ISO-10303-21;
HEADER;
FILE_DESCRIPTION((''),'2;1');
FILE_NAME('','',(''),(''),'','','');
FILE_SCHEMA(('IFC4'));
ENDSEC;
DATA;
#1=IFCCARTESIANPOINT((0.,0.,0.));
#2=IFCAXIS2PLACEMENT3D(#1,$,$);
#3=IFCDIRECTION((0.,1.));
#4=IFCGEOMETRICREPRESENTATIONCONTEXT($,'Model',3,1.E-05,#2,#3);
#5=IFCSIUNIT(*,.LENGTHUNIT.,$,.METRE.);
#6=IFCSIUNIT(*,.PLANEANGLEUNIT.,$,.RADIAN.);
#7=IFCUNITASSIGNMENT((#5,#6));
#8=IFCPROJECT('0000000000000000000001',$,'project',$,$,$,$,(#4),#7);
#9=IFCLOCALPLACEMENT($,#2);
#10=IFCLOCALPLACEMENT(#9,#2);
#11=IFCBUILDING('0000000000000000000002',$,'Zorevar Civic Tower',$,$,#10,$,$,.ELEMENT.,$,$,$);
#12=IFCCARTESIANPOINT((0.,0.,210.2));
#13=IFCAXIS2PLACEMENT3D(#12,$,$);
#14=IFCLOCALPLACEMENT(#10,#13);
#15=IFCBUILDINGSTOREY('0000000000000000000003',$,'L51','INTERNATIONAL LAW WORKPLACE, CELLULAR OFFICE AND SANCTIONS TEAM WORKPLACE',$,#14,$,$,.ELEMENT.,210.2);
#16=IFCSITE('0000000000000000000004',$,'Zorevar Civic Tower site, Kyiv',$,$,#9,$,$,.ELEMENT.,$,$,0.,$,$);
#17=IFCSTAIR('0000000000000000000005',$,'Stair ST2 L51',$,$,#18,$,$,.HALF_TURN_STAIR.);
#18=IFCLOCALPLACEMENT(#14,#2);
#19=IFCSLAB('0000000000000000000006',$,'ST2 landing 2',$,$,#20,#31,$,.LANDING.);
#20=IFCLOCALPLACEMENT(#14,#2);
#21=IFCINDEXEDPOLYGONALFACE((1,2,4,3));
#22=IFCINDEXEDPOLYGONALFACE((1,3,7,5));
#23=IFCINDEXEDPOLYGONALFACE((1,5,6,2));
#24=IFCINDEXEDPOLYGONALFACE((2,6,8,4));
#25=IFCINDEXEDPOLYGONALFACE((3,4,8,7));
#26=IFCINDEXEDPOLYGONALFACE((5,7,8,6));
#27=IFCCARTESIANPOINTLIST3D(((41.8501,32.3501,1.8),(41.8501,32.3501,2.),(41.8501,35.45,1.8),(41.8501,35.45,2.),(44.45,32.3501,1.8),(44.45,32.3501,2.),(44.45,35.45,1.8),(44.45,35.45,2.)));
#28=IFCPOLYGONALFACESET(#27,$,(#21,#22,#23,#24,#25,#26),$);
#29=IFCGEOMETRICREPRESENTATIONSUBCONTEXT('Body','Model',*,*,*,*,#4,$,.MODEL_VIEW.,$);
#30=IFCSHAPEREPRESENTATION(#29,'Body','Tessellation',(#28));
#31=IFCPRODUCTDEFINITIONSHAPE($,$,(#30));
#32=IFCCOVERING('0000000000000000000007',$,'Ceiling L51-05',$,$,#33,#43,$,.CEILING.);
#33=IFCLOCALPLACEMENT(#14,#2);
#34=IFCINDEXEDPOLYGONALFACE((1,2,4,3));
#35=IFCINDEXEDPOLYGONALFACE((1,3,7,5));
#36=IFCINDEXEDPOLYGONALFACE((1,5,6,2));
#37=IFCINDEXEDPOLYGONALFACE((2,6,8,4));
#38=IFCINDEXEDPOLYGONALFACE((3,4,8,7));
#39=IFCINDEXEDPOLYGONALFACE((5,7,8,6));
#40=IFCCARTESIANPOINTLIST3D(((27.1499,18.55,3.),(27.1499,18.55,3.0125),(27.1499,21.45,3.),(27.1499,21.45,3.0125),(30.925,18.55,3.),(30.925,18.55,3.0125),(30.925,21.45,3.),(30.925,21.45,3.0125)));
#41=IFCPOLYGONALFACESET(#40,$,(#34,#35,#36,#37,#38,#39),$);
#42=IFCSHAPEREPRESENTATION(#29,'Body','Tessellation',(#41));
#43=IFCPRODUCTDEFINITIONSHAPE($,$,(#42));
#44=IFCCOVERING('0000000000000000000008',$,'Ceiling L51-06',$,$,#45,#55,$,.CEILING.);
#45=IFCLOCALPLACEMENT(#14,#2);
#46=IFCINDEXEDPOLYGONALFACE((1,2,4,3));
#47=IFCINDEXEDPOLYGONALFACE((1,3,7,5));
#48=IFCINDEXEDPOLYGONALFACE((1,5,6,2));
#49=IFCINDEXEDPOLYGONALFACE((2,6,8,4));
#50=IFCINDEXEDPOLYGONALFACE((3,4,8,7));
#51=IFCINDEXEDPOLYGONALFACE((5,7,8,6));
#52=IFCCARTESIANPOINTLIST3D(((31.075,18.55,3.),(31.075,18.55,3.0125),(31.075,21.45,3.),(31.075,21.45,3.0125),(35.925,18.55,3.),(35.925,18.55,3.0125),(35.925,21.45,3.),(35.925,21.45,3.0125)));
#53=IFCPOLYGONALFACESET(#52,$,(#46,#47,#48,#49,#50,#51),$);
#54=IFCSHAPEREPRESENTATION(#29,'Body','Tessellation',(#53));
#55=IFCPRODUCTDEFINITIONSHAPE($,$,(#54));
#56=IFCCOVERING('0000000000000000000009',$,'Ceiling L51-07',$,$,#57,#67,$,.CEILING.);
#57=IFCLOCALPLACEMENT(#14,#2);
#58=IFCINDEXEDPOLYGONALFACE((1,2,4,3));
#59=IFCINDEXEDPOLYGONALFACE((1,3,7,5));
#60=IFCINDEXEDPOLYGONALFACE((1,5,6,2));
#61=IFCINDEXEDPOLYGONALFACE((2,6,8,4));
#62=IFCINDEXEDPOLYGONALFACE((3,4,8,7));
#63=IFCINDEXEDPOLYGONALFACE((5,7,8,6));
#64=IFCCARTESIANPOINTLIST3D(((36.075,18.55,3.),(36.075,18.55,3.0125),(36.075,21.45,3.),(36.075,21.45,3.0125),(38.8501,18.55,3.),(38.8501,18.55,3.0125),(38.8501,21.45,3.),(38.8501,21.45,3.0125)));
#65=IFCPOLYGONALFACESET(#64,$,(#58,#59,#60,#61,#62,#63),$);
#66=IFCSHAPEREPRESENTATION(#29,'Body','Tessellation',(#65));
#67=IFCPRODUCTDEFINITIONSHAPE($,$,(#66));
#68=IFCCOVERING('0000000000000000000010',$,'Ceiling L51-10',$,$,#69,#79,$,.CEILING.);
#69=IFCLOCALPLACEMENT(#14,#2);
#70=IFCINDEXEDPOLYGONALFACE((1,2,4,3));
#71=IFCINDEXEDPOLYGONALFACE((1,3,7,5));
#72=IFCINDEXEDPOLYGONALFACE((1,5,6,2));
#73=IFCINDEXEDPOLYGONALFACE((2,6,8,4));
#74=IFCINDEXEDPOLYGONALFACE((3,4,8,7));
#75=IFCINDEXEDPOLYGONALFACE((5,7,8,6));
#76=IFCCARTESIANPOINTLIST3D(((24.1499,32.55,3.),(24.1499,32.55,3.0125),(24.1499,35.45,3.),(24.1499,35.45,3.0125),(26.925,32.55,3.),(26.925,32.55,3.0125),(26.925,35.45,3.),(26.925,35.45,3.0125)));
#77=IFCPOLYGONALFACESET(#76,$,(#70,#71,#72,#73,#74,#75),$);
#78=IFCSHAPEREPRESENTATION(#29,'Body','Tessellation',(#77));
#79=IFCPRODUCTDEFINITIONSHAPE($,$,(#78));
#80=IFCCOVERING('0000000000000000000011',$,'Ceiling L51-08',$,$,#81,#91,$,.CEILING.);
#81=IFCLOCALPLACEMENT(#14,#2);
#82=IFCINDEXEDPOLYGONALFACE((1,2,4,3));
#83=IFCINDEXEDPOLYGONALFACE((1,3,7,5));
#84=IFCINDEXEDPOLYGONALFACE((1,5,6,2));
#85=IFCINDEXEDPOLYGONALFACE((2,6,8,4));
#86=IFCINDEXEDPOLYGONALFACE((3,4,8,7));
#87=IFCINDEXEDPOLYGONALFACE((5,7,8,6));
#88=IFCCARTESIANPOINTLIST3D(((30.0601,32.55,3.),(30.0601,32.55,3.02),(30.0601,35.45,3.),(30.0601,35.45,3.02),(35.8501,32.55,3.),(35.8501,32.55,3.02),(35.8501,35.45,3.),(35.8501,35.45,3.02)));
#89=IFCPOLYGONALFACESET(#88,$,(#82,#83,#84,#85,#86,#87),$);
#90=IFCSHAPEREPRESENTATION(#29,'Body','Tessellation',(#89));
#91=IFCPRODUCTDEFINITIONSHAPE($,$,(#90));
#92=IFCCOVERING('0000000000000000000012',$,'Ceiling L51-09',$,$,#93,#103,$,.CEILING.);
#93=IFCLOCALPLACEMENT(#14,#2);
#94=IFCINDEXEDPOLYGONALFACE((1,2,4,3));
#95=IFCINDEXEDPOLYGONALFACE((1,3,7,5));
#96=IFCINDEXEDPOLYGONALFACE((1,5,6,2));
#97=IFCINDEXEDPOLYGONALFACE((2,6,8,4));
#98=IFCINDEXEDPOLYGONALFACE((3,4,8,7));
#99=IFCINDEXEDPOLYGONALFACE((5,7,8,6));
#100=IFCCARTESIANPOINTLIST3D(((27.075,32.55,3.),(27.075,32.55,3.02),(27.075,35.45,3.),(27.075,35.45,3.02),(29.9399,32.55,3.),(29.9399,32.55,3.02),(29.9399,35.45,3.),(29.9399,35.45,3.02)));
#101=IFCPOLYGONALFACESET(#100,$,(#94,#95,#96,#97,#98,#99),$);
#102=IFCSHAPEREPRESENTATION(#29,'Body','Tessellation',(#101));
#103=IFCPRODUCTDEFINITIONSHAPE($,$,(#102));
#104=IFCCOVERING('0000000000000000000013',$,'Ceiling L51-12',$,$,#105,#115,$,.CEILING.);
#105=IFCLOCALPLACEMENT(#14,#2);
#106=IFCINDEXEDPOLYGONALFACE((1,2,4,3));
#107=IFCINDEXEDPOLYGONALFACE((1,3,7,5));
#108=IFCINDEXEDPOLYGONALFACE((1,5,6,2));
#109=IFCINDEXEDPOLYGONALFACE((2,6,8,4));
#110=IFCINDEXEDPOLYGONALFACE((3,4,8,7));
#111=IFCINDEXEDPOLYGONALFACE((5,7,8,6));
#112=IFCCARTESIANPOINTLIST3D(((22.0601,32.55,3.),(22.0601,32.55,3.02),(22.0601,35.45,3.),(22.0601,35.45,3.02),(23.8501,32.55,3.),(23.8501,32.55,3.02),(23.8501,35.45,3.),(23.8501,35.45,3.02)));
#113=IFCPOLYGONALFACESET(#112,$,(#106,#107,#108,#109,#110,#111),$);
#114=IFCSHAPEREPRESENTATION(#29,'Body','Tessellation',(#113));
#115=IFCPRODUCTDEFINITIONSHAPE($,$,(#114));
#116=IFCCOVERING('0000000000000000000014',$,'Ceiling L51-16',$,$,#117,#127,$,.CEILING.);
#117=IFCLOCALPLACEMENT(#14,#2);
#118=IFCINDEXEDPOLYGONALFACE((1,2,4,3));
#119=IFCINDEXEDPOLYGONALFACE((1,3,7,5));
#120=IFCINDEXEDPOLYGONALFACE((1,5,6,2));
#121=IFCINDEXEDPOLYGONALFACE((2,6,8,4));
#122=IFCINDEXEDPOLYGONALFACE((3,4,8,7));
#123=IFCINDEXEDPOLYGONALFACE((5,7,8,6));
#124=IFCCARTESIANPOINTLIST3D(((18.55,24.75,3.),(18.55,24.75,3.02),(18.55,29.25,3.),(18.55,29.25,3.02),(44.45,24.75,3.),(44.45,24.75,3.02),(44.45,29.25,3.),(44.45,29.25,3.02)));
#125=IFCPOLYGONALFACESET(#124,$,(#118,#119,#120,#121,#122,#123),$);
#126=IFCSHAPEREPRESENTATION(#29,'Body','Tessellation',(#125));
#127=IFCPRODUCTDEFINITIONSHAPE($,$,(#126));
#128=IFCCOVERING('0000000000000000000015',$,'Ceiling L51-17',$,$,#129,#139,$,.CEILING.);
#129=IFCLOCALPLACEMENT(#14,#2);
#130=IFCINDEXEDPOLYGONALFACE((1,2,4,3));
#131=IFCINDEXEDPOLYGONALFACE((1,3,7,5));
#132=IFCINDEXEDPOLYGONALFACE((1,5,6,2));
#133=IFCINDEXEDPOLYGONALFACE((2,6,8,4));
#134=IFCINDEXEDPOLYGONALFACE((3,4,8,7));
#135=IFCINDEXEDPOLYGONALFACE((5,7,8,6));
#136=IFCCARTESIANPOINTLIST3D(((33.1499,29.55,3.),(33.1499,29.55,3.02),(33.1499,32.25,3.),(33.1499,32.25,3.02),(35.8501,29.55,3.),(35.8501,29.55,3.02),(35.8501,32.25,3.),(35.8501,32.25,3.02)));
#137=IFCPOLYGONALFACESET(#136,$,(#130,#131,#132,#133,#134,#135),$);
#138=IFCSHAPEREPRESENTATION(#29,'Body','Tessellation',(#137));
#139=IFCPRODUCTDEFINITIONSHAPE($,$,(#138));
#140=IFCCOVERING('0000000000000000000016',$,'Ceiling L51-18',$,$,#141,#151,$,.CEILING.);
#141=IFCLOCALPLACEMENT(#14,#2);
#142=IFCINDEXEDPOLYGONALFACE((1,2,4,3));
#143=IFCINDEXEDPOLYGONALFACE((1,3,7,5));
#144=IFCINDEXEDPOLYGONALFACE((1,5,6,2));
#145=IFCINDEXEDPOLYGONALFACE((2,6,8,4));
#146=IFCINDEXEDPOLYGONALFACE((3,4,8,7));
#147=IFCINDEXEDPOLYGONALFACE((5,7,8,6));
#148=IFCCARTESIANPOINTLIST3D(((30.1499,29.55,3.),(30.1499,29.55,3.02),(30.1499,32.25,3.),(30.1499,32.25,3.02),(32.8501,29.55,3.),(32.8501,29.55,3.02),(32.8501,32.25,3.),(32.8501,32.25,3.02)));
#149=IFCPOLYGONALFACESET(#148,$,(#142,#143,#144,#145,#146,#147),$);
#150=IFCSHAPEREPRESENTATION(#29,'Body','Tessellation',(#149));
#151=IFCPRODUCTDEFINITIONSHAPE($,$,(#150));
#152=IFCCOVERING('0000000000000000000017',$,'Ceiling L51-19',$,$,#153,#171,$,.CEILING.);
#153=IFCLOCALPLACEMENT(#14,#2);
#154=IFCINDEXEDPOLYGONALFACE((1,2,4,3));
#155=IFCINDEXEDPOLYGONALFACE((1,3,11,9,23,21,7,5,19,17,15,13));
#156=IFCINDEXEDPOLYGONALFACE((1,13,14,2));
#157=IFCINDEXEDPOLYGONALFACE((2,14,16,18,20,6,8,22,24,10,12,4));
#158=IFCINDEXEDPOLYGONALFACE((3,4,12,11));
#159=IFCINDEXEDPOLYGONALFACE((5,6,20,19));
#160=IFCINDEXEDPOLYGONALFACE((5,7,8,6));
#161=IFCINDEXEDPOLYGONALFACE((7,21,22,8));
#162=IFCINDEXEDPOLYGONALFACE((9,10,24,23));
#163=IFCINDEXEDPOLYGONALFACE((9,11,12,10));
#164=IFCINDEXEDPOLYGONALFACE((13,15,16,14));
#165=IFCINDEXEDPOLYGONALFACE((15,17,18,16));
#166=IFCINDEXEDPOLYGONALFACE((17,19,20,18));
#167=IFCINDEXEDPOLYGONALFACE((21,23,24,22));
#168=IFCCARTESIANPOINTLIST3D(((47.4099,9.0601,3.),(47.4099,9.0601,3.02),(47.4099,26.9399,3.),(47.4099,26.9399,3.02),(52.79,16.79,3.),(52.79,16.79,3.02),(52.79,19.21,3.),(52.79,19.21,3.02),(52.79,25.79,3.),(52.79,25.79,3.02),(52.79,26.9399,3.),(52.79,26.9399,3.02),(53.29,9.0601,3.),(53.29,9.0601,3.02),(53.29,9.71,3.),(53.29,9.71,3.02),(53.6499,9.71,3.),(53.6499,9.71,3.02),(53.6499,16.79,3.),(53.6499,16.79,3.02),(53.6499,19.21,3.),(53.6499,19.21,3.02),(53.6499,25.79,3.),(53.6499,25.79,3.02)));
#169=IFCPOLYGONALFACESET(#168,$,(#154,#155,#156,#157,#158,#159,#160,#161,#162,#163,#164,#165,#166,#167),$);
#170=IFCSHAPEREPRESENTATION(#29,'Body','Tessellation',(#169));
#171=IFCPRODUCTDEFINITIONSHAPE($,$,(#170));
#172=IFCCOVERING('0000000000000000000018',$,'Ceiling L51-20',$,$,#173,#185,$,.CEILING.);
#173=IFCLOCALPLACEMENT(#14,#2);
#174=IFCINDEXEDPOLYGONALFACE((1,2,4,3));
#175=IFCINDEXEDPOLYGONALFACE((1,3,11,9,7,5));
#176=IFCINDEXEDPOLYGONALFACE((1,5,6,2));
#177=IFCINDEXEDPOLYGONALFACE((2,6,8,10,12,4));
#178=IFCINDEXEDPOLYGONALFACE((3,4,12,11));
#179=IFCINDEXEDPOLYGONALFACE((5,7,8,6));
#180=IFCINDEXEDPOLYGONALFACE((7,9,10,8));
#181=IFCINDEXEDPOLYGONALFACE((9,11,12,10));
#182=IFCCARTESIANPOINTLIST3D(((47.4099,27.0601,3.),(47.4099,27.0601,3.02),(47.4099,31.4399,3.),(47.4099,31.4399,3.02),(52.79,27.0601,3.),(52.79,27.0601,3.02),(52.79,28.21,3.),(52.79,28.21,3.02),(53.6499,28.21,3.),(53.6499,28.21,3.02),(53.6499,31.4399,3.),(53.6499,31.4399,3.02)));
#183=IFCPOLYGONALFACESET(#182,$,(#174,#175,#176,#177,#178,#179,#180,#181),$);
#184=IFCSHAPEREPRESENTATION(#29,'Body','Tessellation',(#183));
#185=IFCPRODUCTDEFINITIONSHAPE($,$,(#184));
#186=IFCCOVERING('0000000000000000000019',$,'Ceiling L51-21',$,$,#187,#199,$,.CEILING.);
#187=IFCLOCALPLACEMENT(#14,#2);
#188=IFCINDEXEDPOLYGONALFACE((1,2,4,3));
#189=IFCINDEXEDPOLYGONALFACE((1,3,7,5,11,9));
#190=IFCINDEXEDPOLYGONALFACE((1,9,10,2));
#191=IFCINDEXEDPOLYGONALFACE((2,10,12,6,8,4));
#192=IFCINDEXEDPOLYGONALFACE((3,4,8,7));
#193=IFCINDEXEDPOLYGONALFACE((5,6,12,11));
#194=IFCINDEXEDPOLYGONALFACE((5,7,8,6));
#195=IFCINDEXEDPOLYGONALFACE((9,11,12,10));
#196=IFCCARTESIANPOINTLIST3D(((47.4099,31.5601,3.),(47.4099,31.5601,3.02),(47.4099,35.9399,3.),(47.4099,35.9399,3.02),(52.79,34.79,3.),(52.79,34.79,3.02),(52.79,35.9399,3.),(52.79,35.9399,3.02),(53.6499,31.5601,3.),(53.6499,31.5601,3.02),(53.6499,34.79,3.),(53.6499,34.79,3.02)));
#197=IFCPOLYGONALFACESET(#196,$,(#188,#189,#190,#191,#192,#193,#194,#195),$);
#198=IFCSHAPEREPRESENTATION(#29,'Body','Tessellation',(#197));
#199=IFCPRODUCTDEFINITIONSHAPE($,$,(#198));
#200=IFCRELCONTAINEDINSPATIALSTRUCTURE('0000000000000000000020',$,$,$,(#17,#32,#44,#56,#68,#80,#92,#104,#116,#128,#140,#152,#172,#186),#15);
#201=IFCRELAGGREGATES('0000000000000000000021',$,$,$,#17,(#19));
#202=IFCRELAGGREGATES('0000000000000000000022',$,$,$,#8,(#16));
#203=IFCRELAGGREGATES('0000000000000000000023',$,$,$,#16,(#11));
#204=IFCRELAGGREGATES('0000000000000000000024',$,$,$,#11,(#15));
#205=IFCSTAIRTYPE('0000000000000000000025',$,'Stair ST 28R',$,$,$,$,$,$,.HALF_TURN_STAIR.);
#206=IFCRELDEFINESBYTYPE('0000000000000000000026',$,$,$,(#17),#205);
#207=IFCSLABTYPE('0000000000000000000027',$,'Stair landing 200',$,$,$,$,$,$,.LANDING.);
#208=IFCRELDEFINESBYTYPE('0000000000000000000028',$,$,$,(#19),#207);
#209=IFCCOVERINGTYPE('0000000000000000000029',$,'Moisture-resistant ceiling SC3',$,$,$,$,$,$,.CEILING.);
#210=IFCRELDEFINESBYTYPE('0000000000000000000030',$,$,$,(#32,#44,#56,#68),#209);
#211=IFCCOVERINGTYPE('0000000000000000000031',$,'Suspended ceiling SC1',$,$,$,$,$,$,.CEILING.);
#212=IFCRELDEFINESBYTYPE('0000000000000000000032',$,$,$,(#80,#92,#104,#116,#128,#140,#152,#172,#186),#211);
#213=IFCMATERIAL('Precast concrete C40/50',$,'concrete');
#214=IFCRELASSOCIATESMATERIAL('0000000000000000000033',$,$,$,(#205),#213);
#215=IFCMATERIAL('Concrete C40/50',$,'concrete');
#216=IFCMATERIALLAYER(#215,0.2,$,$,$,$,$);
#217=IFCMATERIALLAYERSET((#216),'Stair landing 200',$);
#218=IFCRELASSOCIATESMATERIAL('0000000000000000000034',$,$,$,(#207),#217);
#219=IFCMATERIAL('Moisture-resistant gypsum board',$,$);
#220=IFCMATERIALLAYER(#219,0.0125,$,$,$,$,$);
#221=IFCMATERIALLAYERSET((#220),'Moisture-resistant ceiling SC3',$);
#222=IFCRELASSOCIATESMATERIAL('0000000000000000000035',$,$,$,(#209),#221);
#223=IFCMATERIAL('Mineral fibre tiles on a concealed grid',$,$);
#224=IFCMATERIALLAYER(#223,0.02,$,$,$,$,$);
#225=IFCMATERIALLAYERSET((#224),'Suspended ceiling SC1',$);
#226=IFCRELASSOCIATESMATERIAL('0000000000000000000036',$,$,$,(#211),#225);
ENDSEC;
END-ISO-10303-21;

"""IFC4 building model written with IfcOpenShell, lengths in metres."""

from ifc_helpers import new_model, si_unit, direction, frame, origin, place, context, subcontext, project, spatial, polyline, outline, extrude, material, layer, layer_set, type_object, element, aggregate, save


model = new_model("IFC4")

# Units and contexts
model_context = context("Model", 3, precision=1e-05, world=origin(), true_north=direction((0.0, 1.0)))
body_context = subcontext(model_context, "Body", "Model", "MODEL_VIEW")
ifc_project = project(units=[si_unit("LENGTHUNIT", "METRE"), si_unit("PLANEANGLEUNIT", "RADIAN")], contexts=[model_context])

# Site, building, storey
site_placement = place(None, origin())
site = spatial("IfcSite", under=ifc_project, at=site_placement, Name="Zorevar Civic Tower site, Kyiv", CompositionType="ELEMENT", RefElevation=0.0)
building_placement = place(site_placement, origin())
building = spatial("IfcBuilding", under=site, at=building_placement, Name="Zorevar Civic Tower", CompositionType="ELEMENT")
storey_placement = place(building_placement, frame((0.0, 0.0, 210.2)))
storey = spatial("IfcBuildingStorey", under=building, at=storey_placement, Name="L51", Description="INTERNATIONAL LAW WORKPLACE, CELLULAR OFFICE AND SANCTIONS TEAM WORKPLACE", CompositionType="ELEMENT", Elevation=210.2)

# Stair, slab
ifc_material_1 = material(Name="Precast concrete C40/50", Category="concrete")
stair_type = type_object("IfcStairType", Name="Stair ST 28R", PredefinedType="HALF_TURN_STAIR", material=ifc_material_1)
ifc_material_2 = material(Name="Concrete C40/50", Category="concrete")
ifc_layer_1 = layer(ifc_material_2, 0.2)
ifc_layer_set_1 = layer_set([ifc_layer_1], Name="Stair landing 200")
slab_type_1 = type_object("IfcSlabType", Name="Stair landing 200", PredefinedType="LANDING", material=ifc_layer_set_1)
stair_1_placement = place(storey_placement, origin())
stair_1 = element("IfcStair", 1, at=stair_1_placement, inside=storey, type_object=stair_type, Name="Stair ST2 L51", PredefinedType="HALF_TURN_STAIR")
slab_1_placement = place(storey_placement, frame((0.0, 0.0, 1.8)))
slab_1 = element("IfcSlab", 2, at=slab_1_placement, type_object=slab_type_1, Name="ST2 landing 2", PredefinedType="LANDING", context=body_context, shape_type="SweptSolid", body=[
    extrude(outline(polyline([(44.45, 32.3501), (41.8501, 32.3501), (41.8501, 35.45), (44.45, 35.45), (44.45, 32.3501)])), origin(), (0.0, 0.0, 1.0), 0.2),
])
aggregate(stair_1, [slab_1])

# Coverings
ifc_material_3 = material(Name="Moisture-resistant gypsum board")
ifc_layer_2 = layer(ifc_material_3, 0.0125)
ifc_layer_set_2 = layer_set([ifc_layer_2], Name="Moisture-resistant ceiling SC3")
covering_type_1 = type_object("IfcCoveringType", Name="Moisture-resistant ceiling SC3", PredefinedType="CEILING", material=ifc_layer_set_2)
covering_1_placement = place(storey_placement, frame((0.0, 0.0, 3.0)))
element("IfcCovering", 3, at=covering_1_placement, inside=storey, type_object=covering_type_1, Name="Ceiling L51-05", PredefinedType="CEILING", context=body_context, shape_type="SweptSolid", body=[
    extrude(outline(polyline([(30.925, 18.55), (30.925, 21.45), (27.1499, 21.45), (27.1499, 18.55), (30.925, 18.55)])), origin(), (0.0, 0.0, 1.0), 0.0125),
])
covering_2_placement = place(storey_placement, frame((0.0, 0.0, 3.0)))
element("IfcCovering", 4, at=covering_2_placement, inside=storey, type_object=covering_type_1, Name="Ceiling L51-06", PredefinedType="CEILING", context=body_context, shape_type="SweptSolid", body=[
    extrude(outline(polyline([(35.925, 18.55), (35.925, 21.45), (31.075, 21.45), (31.075, 18.55), (35.925, 18.55)])), origin(), (0.0, 0.0, 1.0), 0.0125),
])
covering_3_placement = place(storey_placement, frame((0.0, 0.0, 3.0)))
element("IfcCovering", 5, at=covering_3_placement, inside=storey, type_object=covering_type_1, Name="Ceiling L51-07", PredefinedType="CEILING", context=body_context, shape_type="SweptSolid", body=[
    extrude(outline(polyline([(38.8501, 18.55), (38.8501, 21.45), (36.075, 21.45), (36.075, 18.55), (38.8501, 18.55)])), origin(), (0.0, 0.0, 1.0), 0.0125),
])
covering_4_placement = place(storey_placement, frame((0.0, 0.0, 3.0)))
element("IfcCovering", 6, at=covering_4_placement, inside=storey, type_object=covering_type_1, Name="Ceiling L51-10", PredefinedType="CEILING", context=body_context, shape_type="SweptSolid", body=[
    extrude(outline(polyline([(26.925, 32.55), (26.925, 35.45), (24.1499, 35.45), (24.1499, 32.55), (26.925, 32.55)])), origin(), (0.0, 0.0, 1.0), 0.0125),
])
ifc_material_4 = material(Name="Mineral fibre tiles on a concealed grid")
ifc_layer_3 = layer(ifc_material_4, 0.02)
ifc_layer_set_3 = layer_set([ifc_layer_3], Name="Suspended ceiling SC1")
covering_type_2 = type_object("IfcCoveringType", Name="Suspended ceiling SC1", PredefinedType="CEILING", material=ifc_layer_set_3)
covering_5_placement = place(storey_placement, frame((0.0, 0.0, 3.0)))
element("IfcCovering", 7, at=covering_5_placement, inside=storey, type_object=covering_type_2, Name="Ceiling L51-08", PredefinedType="CEILING", context=body_context, shape_type="SweptSolid", body=[
    extrude(outline(polyline([(35.8501, 32.55), (35.8501, 35.45), (30.0601, 35.45), (30.0601, 32.55), (35.8501, 32.55)])), origin(), (0.0, 0.0, 1.0), 0.02),
])
covering_6_placement = place(storey_placement, frame((0.0, 0.0, 3.0)))
element("IfcCovering", 8, at=covering_6_placement, inside=storey, type_object=covering_type_2, Name="Ceiling L51-09", PredefinedType="CEILING", context=body_context, shape_type="SweptSolid", body=[
    extrude(outline(polyline([(29.9399, 32.55), (29.9399, 35.45), (27.075, 35.45), (27.075, 32.55), (29.9399, 32.55)])), origin(), (0.0, 0.0, 1.0), 0.02),
])
covering_7_placement = place(storey_placement, frame((0.0, 0.0, 3.0)))
element("IfcCovering", 9, at=covering_7_placement, inside=storey, type_object=covering_type_2, Name="Ceiling L51-12", PredefinedType="CEILING", context=body_context, shape_type="SweptSolid", body=[
    extrude(outline(polyline([(23.8501, 32.55), (23.8501, 35.45), (22.0601, 35.45), (22.0601, 32.55), (23.8501, 32.55)])), origin(), (0.0, 0.0, 1.0), 0.02),
])
covering_8_placement = place(storey_placement, frame((0.0, 0.0, 3.0)))
element("IfcCovering", 10, at=covering_8_placement, inside=storey, type_object=covering_type_2, Name="Ceiling L51-16", PredefinedType="CEILING", context=body_context, shape_type="SweptSolid", body=[
    extrude(outline(polyline([(44.45, 24.75), (44.45, 29.25), (18.55, 29.25), (18.55, 24.75), (44.45, 24.75)])), origin(), (0.0, 0.0, 1.0), 0.02),
])
covering_9_placement = place(storey_placement, frame((0.0, 0.0, 3.0)))
element("IfcCovering", 11, at=covering_9_placement, inside=storey, type_object=covering_type_2, Name="Ceiling L51-17", PredefinedType="CEILING", context=body_context, shape_type="SweptSolid", body=[
    extrude(outline(polyline([(35.8501, 29.55), (35.8501, 32.25), (33.1499, 32.25), (33.1499, 29.55), (35.8501, 29.55)])), origin(), (0.0, 0.0, 1.0), 0.02),
])
covering_10_placement = place(storey_placement, frame((0.0, 0.0, 3.0)))
element("IfcCovering", 12, at=covering_10_placement, inside=storey, type_object=covering_type_2, Name="Ceiling L51-18", PredefinedType="CEILING", context=body_context, shape_type="SweptSolid", body=[
    extrude(outline(polyline([(32.8501, 29.55), (32.8501, 32.25), (30.1499, 32.25), (30.1499, 29.55), (32.8501, 29.55)])), origin(), (0.0, 0.0, 1.0), 0.02),
])
covering_11_placement = place(storey_placement, frame((0.0, 0.0, 3.0)))
element("IfcCovering", 13, at=covering_11_placement, inside=storey, type_object=covering_type_2, Name="Ceiling L51-19", PredefinedType="CEILING", context=body_context, shape_type="SweptSolid", body=[
    extrude(outline(polyline([(53.6499, 19.21), (52.79, 19.21), (52.79, 16.79), (53.6499, 16.79), (53.6499, 9.71), (53.29, 9.71), (53.29, 9.0601), (47.4099, 9.0601), (47.4099, 26.9399), (52.79, 26.9399), (52.79, 25.79), (53.6499, 25.79), (53.6499, 19.21)])), origin(), (0.0, 0.0, 1.0), 0.02),
])
covering_12_placement = place(storey_placement, frame((0.0, 0.0, 3.0)))
element("IfcCovering", 14, at=covering_12_placement, inside=storey, type_object=covering_type_2, Name="Ceiling L51-20", PredefinedType="CEILING", context=body_context, shape_type="SweptSolid", body=[
    extrude(outline(polyline([(47.4099, 31.4399), (53.6499, 31.4399), (53.6499, 28.21), (52.79, 28.21), (52.79, 27.0601), (47.4099, 27.0601), (47.4099, 31.4399)])), origin(), (0.0, 0.0, 1.0), 0.02),
])
covering_13_placement = place(storey_placement, frame((0.0, 0.0, 3.0)))
element("IfcCovering", 15, at=covering_13_placement, inside=storey, type_object=covering_type_2, Name="Ceiling L51-21", PredefinedType="CEILING", context=body_context, shape_type="SweptSolid", body=[
    extrude(outline(polyline([(47.4099, 35.9399), (52.79, 35.9399), (52.79, 34.79), (53.6499, 34.79), (53.6499, 31.5601), (47.4099, 31.5601), (47.4099, 35.9399)])), origin(), (0.0, 0.0, 1.0), 0.02),
])

save(model, "model.ifc")
